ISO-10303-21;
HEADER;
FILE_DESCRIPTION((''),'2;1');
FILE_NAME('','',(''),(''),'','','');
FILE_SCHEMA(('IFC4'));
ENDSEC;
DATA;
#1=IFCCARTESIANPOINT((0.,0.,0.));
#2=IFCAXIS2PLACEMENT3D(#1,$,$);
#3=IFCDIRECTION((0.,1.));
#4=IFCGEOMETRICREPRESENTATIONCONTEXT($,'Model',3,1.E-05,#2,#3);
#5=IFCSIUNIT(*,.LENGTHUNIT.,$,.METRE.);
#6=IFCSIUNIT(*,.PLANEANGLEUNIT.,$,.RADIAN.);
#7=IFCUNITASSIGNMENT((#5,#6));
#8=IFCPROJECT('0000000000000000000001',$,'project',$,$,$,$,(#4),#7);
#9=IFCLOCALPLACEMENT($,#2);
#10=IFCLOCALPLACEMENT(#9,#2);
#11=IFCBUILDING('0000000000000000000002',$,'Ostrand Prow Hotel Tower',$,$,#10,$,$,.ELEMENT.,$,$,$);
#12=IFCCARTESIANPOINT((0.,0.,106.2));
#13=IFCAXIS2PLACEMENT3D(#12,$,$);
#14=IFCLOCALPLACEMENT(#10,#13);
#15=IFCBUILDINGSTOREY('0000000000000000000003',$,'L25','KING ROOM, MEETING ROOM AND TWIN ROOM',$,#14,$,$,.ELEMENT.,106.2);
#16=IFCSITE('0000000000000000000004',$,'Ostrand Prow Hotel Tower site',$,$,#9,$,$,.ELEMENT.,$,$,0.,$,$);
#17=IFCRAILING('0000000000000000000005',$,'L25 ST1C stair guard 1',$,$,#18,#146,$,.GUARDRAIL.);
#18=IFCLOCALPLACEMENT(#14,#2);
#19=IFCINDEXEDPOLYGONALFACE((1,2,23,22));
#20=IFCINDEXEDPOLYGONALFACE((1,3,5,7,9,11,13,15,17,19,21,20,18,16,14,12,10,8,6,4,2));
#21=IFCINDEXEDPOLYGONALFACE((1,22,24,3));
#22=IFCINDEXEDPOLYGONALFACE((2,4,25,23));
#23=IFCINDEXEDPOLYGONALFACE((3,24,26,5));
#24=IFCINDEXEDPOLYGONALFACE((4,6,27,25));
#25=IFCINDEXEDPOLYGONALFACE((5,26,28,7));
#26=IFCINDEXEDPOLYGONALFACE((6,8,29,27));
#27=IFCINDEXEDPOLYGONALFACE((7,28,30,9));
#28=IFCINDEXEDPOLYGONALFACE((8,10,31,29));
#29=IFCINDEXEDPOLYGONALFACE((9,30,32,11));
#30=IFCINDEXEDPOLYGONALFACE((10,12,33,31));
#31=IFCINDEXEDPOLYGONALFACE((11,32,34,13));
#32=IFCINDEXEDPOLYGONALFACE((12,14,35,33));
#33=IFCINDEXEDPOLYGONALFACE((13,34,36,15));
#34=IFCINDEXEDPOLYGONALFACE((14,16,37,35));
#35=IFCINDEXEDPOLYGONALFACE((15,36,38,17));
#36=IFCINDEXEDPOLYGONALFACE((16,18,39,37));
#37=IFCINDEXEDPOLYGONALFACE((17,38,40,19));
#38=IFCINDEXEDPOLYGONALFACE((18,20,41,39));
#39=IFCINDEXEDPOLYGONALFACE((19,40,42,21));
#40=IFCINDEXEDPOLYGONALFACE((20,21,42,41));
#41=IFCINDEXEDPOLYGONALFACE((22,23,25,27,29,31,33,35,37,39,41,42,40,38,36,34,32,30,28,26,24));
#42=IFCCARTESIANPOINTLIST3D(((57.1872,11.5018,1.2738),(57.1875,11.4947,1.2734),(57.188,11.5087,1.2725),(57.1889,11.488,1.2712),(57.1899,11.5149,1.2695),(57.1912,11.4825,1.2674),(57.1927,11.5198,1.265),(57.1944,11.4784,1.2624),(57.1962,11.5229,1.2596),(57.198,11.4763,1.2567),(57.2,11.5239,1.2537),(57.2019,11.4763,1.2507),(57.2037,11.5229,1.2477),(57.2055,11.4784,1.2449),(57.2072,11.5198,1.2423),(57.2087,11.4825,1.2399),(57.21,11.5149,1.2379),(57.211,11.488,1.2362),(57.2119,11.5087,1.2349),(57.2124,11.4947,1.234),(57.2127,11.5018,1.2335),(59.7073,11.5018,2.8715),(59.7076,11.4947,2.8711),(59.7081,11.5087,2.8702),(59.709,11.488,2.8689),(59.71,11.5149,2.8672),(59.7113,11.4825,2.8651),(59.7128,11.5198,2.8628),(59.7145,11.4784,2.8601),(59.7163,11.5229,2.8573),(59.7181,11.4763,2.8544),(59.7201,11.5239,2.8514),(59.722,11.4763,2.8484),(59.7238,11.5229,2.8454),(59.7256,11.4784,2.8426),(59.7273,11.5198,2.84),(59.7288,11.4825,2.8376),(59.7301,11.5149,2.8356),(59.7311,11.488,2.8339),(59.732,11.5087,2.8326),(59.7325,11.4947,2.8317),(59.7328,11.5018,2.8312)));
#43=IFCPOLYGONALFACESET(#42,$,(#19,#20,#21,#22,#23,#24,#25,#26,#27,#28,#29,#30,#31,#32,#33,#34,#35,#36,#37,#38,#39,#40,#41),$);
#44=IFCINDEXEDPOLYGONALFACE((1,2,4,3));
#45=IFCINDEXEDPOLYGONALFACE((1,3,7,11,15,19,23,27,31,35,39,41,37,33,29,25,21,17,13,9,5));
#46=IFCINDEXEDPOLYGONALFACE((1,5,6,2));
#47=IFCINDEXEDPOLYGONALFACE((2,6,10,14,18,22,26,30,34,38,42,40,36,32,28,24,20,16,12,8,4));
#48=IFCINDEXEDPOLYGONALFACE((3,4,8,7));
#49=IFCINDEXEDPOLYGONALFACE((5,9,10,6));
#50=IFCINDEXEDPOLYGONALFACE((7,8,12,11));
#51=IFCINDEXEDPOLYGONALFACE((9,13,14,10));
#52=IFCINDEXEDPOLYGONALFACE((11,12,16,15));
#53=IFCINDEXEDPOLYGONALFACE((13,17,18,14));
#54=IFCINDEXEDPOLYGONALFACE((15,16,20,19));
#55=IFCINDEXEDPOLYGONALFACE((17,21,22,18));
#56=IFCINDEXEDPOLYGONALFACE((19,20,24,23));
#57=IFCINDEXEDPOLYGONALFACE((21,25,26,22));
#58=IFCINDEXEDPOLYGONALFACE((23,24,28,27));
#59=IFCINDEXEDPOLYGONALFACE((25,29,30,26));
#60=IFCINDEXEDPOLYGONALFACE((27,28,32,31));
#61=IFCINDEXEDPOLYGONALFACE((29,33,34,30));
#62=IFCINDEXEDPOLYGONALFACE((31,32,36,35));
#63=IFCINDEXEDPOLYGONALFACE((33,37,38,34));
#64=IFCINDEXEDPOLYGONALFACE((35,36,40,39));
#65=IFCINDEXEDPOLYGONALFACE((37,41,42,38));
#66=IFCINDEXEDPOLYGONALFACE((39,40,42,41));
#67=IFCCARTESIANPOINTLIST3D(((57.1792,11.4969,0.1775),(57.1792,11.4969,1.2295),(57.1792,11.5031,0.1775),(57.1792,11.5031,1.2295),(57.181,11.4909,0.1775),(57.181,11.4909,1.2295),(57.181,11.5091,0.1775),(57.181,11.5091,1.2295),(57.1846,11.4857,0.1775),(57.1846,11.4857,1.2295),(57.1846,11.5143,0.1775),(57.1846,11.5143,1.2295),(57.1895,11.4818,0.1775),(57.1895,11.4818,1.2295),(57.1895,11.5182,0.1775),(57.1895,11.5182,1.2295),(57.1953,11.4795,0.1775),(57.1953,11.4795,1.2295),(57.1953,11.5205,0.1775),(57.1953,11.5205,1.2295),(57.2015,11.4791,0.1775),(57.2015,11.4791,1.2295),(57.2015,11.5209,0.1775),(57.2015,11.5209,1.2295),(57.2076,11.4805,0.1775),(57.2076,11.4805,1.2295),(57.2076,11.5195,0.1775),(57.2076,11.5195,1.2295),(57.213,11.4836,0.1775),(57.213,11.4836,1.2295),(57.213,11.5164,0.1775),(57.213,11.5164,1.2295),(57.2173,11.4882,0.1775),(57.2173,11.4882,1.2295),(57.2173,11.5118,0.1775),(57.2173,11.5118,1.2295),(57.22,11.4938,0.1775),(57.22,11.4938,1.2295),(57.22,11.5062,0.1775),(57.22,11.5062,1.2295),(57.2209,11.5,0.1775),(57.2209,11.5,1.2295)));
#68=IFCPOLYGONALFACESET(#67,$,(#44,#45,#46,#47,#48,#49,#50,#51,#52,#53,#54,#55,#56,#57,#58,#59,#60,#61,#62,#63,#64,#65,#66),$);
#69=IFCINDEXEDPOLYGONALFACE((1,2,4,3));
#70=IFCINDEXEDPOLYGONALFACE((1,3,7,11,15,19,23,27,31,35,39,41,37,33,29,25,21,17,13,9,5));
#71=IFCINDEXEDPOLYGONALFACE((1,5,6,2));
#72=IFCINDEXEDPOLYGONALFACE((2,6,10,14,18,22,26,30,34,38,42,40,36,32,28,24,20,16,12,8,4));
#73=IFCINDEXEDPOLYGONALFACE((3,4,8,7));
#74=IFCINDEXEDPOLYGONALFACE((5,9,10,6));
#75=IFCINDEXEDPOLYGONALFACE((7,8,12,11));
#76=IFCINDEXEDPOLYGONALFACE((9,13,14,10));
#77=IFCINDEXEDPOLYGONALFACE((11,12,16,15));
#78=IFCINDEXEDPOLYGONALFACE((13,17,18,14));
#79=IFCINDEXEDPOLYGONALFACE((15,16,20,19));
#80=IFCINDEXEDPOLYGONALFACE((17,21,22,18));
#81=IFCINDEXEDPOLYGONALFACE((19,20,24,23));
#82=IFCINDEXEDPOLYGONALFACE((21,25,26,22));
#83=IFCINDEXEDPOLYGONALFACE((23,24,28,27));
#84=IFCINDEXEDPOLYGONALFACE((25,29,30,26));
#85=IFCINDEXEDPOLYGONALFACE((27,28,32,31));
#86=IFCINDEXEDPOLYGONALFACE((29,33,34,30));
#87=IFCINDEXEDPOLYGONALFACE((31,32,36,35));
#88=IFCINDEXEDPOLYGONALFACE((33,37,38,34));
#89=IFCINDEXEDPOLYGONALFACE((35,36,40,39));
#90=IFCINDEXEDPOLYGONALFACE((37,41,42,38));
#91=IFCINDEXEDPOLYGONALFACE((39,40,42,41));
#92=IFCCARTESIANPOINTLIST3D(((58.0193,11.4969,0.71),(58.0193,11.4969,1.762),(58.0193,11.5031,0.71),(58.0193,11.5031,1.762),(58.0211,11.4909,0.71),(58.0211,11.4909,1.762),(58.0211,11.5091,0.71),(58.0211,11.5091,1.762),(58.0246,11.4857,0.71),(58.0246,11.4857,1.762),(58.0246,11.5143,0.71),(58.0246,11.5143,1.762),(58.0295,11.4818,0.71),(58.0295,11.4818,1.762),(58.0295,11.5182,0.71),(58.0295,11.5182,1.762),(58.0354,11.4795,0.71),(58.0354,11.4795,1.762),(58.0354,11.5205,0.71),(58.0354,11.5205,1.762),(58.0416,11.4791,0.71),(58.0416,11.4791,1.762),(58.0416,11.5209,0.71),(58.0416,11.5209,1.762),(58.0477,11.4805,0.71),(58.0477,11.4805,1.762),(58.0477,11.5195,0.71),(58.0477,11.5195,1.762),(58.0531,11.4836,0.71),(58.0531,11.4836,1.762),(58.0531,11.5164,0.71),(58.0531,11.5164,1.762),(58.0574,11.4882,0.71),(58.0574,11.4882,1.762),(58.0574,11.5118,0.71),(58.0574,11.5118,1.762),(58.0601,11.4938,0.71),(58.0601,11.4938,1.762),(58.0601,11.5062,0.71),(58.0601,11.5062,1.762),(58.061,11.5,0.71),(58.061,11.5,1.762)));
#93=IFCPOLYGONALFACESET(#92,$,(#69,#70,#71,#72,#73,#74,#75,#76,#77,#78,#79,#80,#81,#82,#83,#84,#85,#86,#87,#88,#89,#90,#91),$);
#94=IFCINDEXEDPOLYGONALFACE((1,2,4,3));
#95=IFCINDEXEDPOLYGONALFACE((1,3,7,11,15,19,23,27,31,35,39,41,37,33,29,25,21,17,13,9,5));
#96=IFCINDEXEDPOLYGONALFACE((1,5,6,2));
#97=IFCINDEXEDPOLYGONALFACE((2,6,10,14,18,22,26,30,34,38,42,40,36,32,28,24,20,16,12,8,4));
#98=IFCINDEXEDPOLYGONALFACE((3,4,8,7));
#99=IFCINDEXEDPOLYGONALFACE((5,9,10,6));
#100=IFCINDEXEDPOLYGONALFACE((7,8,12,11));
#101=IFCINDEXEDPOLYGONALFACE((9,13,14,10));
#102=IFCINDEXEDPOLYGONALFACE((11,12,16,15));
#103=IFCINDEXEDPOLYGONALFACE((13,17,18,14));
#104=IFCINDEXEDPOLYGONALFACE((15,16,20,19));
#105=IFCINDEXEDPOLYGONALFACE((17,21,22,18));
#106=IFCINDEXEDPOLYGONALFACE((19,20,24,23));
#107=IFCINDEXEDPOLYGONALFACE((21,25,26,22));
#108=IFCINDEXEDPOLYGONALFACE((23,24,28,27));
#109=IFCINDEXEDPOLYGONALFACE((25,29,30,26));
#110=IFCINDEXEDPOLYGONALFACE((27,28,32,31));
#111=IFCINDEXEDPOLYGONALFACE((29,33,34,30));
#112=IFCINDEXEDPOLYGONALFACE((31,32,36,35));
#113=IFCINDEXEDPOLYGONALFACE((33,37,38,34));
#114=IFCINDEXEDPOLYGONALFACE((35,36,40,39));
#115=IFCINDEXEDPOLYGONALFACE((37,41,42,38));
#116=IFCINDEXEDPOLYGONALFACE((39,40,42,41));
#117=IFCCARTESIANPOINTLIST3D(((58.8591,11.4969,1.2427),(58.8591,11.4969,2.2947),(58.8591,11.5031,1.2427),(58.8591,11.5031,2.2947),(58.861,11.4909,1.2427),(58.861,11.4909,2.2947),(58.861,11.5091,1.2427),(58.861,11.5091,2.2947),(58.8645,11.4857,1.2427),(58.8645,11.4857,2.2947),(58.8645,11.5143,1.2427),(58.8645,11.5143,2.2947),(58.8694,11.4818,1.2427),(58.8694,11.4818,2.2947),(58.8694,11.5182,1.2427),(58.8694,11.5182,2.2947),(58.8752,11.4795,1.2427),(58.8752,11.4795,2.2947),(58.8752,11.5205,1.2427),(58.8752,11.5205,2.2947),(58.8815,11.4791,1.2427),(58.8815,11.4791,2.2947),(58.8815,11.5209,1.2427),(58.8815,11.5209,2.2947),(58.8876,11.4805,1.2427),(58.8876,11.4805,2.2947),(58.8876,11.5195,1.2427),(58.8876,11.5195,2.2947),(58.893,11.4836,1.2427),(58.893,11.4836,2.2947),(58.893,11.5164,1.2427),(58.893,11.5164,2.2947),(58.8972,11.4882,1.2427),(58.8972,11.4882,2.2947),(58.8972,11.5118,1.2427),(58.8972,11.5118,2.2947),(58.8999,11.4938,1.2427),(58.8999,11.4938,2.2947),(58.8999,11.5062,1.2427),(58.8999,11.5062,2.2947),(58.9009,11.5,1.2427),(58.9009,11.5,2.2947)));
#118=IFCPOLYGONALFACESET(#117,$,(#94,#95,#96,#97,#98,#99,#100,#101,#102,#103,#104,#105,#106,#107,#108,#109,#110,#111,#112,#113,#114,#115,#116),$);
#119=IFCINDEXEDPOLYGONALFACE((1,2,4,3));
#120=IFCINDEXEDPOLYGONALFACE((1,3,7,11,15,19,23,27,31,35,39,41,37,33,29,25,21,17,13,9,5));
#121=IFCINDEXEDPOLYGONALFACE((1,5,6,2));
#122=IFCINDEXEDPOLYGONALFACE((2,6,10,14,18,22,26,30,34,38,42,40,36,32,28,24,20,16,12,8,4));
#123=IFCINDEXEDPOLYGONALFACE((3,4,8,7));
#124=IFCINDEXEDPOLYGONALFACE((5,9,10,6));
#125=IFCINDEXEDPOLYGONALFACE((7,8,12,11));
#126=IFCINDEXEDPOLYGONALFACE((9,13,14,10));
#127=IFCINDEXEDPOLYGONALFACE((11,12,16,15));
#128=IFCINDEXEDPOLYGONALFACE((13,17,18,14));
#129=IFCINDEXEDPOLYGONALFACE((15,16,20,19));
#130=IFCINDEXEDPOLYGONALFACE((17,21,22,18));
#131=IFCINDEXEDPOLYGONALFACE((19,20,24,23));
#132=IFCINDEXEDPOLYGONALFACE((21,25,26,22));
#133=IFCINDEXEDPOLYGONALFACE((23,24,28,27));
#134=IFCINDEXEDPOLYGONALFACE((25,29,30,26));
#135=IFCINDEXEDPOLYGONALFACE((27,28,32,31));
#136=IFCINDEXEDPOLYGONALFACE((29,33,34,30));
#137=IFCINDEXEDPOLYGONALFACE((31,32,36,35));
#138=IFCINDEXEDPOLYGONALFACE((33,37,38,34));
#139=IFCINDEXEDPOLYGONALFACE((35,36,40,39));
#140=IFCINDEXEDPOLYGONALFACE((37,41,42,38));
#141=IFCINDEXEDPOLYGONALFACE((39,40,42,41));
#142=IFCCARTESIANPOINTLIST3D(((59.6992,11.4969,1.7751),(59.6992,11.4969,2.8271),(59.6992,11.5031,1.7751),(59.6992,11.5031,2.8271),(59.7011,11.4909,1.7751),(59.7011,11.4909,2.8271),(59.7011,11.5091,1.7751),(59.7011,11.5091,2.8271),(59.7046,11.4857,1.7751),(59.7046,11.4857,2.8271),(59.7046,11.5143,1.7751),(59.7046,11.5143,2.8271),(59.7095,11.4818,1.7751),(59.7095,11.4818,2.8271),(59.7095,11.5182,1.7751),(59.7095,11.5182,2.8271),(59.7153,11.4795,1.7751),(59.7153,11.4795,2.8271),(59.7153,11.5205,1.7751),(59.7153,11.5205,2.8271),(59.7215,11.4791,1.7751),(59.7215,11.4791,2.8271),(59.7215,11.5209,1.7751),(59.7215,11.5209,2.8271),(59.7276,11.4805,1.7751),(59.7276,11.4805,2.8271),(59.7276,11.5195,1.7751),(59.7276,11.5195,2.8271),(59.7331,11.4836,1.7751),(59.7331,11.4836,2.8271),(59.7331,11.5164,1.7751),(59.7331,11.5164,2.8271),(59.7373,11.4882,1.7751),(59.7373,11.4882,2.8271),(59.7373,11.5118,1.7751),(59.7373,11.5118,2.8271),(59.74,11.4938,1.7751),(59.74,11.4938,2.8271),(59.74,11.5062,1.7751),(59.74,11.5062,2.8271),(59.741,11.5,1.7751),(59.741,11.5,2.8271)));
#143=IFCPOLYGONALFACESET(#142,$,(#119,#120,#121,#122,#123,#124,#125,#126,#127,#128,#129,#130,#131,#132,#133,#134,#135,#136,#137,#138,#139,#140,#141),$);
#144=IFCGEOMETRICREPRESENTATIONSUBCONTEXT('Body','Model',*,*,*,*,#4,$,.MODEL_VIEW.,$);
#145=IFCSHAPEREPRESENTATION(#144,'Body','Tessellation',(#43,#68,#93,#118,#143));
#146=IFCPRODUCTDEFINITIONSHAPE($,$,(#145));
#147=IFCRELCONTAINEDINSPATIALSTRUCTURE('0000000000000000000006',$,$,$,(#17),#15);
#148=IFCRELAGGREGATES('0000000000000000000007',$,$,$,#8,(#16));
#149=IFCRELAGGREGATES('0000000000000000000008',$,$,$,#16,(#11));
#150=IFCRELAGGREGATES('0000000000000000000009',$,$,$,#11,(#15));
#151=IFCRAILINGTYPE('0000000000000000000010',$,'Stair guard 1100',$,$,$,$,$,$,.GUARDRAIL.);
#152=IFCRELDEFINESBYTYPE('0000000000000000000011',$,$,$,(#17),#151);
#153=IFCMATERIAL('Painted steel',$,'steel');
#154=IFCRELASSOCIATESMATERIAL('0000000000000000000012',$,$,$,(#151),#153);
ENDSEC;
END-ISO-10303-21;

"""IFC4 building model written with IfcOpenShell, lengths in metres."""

from ifc_helpers import new_model, si_unit, direction, frame, origin, origin_2d, place, context, subcontext, project, spatial, circle, extrude, material, type_object, element, save


model = new_model("IFC4")

# Units and contexts
model_context = context("Model", 3, precision=1e-05, world=origin(), true_north=direction((0.0, 1.0)))
body_context = subcontext(model_context, "Body", "Model", "MODEL_VIEW")
ifc_project = project(units=[si_unit("LENGTHUNIT", "METRE"), si_unit("PLANEANGLEUNIT", "RADIAN")], contexts=[model_context])

# Site, building, storey
site_placement = place(None, origin())
site = spatial("IfcSite", under=ifc_project, at=site_placement, Name="Ostrand Prow Hotel Tower site", CompositionType="ELEMENT", RefElevation=0.0)
building_placement = place(site_placement, origin())
building = spatial("IfcBuilding", under=site, at=building_placement, Name="Ostrand Prow Hotel Tower", CompositionType="ELEMENT")
storey_placement = place(building_placement, frame((0.0, 0.0, 106.2)))
storey = spatial("IfcBuildingStorey", under=building, at=storey_placement, Name="L25", Description="KING ROOM, MEETING ROOM AND TWIN ROOM", CompositionType="ELEMENT", Elevation=106.2)

# Railing
ifc_material_1 = material(Name="Painted steel", Category="steel")
railing_type_1 = type_object("IfcRailingType", Name="Stair guard 1100", PredefinedType="GUARDRAIL", material=ifc_material_1)
railing_1_placement = place(storey_placement, frame((57.2, 11.5, 0.1775)))
element("IfcRailing", 1, at=railing_1_placement, inside=storey, type_object=railing_type_1, Name="L25 ST1C stair guard 1", PredefinedType="GUARDRAIL", context=body_context, shape_type="SweptSolid", body=[
    extrude(circle(Radius=0.0239, at=origin_2d()), frame((0.0, 0.0, 1.0762), z_axis=(0.84457, 0.0, 0.535445), x_axis=(0.0, 1.0, 0.0)), (0.0, 0.0, 1.0), 2.9839),
    extrude(circle(Radius=0.021, at=origin_2d()), origin(), (0.0, 0.0, 1.0), 1.052),
    extrude(circle(Radius=0.021, at=origin_2d()), frame((0.8401, 0.0, 0.5325)), (0.0, 0.0, 1.0), 1.052),
    extrude(circle(Radius=0.021, at=origin_2d()), frame((1.6799, 0.0, 1.0652)), (0.0, 0.0, 1.0), 1.052),
    extrude(circle(Radius=0.021, at=origin_2d()), frame((2.52, 0.0, 1.5977)), (0.0, 0.0, 1.0), 1.052),
])

save(model, "model.ifc")
